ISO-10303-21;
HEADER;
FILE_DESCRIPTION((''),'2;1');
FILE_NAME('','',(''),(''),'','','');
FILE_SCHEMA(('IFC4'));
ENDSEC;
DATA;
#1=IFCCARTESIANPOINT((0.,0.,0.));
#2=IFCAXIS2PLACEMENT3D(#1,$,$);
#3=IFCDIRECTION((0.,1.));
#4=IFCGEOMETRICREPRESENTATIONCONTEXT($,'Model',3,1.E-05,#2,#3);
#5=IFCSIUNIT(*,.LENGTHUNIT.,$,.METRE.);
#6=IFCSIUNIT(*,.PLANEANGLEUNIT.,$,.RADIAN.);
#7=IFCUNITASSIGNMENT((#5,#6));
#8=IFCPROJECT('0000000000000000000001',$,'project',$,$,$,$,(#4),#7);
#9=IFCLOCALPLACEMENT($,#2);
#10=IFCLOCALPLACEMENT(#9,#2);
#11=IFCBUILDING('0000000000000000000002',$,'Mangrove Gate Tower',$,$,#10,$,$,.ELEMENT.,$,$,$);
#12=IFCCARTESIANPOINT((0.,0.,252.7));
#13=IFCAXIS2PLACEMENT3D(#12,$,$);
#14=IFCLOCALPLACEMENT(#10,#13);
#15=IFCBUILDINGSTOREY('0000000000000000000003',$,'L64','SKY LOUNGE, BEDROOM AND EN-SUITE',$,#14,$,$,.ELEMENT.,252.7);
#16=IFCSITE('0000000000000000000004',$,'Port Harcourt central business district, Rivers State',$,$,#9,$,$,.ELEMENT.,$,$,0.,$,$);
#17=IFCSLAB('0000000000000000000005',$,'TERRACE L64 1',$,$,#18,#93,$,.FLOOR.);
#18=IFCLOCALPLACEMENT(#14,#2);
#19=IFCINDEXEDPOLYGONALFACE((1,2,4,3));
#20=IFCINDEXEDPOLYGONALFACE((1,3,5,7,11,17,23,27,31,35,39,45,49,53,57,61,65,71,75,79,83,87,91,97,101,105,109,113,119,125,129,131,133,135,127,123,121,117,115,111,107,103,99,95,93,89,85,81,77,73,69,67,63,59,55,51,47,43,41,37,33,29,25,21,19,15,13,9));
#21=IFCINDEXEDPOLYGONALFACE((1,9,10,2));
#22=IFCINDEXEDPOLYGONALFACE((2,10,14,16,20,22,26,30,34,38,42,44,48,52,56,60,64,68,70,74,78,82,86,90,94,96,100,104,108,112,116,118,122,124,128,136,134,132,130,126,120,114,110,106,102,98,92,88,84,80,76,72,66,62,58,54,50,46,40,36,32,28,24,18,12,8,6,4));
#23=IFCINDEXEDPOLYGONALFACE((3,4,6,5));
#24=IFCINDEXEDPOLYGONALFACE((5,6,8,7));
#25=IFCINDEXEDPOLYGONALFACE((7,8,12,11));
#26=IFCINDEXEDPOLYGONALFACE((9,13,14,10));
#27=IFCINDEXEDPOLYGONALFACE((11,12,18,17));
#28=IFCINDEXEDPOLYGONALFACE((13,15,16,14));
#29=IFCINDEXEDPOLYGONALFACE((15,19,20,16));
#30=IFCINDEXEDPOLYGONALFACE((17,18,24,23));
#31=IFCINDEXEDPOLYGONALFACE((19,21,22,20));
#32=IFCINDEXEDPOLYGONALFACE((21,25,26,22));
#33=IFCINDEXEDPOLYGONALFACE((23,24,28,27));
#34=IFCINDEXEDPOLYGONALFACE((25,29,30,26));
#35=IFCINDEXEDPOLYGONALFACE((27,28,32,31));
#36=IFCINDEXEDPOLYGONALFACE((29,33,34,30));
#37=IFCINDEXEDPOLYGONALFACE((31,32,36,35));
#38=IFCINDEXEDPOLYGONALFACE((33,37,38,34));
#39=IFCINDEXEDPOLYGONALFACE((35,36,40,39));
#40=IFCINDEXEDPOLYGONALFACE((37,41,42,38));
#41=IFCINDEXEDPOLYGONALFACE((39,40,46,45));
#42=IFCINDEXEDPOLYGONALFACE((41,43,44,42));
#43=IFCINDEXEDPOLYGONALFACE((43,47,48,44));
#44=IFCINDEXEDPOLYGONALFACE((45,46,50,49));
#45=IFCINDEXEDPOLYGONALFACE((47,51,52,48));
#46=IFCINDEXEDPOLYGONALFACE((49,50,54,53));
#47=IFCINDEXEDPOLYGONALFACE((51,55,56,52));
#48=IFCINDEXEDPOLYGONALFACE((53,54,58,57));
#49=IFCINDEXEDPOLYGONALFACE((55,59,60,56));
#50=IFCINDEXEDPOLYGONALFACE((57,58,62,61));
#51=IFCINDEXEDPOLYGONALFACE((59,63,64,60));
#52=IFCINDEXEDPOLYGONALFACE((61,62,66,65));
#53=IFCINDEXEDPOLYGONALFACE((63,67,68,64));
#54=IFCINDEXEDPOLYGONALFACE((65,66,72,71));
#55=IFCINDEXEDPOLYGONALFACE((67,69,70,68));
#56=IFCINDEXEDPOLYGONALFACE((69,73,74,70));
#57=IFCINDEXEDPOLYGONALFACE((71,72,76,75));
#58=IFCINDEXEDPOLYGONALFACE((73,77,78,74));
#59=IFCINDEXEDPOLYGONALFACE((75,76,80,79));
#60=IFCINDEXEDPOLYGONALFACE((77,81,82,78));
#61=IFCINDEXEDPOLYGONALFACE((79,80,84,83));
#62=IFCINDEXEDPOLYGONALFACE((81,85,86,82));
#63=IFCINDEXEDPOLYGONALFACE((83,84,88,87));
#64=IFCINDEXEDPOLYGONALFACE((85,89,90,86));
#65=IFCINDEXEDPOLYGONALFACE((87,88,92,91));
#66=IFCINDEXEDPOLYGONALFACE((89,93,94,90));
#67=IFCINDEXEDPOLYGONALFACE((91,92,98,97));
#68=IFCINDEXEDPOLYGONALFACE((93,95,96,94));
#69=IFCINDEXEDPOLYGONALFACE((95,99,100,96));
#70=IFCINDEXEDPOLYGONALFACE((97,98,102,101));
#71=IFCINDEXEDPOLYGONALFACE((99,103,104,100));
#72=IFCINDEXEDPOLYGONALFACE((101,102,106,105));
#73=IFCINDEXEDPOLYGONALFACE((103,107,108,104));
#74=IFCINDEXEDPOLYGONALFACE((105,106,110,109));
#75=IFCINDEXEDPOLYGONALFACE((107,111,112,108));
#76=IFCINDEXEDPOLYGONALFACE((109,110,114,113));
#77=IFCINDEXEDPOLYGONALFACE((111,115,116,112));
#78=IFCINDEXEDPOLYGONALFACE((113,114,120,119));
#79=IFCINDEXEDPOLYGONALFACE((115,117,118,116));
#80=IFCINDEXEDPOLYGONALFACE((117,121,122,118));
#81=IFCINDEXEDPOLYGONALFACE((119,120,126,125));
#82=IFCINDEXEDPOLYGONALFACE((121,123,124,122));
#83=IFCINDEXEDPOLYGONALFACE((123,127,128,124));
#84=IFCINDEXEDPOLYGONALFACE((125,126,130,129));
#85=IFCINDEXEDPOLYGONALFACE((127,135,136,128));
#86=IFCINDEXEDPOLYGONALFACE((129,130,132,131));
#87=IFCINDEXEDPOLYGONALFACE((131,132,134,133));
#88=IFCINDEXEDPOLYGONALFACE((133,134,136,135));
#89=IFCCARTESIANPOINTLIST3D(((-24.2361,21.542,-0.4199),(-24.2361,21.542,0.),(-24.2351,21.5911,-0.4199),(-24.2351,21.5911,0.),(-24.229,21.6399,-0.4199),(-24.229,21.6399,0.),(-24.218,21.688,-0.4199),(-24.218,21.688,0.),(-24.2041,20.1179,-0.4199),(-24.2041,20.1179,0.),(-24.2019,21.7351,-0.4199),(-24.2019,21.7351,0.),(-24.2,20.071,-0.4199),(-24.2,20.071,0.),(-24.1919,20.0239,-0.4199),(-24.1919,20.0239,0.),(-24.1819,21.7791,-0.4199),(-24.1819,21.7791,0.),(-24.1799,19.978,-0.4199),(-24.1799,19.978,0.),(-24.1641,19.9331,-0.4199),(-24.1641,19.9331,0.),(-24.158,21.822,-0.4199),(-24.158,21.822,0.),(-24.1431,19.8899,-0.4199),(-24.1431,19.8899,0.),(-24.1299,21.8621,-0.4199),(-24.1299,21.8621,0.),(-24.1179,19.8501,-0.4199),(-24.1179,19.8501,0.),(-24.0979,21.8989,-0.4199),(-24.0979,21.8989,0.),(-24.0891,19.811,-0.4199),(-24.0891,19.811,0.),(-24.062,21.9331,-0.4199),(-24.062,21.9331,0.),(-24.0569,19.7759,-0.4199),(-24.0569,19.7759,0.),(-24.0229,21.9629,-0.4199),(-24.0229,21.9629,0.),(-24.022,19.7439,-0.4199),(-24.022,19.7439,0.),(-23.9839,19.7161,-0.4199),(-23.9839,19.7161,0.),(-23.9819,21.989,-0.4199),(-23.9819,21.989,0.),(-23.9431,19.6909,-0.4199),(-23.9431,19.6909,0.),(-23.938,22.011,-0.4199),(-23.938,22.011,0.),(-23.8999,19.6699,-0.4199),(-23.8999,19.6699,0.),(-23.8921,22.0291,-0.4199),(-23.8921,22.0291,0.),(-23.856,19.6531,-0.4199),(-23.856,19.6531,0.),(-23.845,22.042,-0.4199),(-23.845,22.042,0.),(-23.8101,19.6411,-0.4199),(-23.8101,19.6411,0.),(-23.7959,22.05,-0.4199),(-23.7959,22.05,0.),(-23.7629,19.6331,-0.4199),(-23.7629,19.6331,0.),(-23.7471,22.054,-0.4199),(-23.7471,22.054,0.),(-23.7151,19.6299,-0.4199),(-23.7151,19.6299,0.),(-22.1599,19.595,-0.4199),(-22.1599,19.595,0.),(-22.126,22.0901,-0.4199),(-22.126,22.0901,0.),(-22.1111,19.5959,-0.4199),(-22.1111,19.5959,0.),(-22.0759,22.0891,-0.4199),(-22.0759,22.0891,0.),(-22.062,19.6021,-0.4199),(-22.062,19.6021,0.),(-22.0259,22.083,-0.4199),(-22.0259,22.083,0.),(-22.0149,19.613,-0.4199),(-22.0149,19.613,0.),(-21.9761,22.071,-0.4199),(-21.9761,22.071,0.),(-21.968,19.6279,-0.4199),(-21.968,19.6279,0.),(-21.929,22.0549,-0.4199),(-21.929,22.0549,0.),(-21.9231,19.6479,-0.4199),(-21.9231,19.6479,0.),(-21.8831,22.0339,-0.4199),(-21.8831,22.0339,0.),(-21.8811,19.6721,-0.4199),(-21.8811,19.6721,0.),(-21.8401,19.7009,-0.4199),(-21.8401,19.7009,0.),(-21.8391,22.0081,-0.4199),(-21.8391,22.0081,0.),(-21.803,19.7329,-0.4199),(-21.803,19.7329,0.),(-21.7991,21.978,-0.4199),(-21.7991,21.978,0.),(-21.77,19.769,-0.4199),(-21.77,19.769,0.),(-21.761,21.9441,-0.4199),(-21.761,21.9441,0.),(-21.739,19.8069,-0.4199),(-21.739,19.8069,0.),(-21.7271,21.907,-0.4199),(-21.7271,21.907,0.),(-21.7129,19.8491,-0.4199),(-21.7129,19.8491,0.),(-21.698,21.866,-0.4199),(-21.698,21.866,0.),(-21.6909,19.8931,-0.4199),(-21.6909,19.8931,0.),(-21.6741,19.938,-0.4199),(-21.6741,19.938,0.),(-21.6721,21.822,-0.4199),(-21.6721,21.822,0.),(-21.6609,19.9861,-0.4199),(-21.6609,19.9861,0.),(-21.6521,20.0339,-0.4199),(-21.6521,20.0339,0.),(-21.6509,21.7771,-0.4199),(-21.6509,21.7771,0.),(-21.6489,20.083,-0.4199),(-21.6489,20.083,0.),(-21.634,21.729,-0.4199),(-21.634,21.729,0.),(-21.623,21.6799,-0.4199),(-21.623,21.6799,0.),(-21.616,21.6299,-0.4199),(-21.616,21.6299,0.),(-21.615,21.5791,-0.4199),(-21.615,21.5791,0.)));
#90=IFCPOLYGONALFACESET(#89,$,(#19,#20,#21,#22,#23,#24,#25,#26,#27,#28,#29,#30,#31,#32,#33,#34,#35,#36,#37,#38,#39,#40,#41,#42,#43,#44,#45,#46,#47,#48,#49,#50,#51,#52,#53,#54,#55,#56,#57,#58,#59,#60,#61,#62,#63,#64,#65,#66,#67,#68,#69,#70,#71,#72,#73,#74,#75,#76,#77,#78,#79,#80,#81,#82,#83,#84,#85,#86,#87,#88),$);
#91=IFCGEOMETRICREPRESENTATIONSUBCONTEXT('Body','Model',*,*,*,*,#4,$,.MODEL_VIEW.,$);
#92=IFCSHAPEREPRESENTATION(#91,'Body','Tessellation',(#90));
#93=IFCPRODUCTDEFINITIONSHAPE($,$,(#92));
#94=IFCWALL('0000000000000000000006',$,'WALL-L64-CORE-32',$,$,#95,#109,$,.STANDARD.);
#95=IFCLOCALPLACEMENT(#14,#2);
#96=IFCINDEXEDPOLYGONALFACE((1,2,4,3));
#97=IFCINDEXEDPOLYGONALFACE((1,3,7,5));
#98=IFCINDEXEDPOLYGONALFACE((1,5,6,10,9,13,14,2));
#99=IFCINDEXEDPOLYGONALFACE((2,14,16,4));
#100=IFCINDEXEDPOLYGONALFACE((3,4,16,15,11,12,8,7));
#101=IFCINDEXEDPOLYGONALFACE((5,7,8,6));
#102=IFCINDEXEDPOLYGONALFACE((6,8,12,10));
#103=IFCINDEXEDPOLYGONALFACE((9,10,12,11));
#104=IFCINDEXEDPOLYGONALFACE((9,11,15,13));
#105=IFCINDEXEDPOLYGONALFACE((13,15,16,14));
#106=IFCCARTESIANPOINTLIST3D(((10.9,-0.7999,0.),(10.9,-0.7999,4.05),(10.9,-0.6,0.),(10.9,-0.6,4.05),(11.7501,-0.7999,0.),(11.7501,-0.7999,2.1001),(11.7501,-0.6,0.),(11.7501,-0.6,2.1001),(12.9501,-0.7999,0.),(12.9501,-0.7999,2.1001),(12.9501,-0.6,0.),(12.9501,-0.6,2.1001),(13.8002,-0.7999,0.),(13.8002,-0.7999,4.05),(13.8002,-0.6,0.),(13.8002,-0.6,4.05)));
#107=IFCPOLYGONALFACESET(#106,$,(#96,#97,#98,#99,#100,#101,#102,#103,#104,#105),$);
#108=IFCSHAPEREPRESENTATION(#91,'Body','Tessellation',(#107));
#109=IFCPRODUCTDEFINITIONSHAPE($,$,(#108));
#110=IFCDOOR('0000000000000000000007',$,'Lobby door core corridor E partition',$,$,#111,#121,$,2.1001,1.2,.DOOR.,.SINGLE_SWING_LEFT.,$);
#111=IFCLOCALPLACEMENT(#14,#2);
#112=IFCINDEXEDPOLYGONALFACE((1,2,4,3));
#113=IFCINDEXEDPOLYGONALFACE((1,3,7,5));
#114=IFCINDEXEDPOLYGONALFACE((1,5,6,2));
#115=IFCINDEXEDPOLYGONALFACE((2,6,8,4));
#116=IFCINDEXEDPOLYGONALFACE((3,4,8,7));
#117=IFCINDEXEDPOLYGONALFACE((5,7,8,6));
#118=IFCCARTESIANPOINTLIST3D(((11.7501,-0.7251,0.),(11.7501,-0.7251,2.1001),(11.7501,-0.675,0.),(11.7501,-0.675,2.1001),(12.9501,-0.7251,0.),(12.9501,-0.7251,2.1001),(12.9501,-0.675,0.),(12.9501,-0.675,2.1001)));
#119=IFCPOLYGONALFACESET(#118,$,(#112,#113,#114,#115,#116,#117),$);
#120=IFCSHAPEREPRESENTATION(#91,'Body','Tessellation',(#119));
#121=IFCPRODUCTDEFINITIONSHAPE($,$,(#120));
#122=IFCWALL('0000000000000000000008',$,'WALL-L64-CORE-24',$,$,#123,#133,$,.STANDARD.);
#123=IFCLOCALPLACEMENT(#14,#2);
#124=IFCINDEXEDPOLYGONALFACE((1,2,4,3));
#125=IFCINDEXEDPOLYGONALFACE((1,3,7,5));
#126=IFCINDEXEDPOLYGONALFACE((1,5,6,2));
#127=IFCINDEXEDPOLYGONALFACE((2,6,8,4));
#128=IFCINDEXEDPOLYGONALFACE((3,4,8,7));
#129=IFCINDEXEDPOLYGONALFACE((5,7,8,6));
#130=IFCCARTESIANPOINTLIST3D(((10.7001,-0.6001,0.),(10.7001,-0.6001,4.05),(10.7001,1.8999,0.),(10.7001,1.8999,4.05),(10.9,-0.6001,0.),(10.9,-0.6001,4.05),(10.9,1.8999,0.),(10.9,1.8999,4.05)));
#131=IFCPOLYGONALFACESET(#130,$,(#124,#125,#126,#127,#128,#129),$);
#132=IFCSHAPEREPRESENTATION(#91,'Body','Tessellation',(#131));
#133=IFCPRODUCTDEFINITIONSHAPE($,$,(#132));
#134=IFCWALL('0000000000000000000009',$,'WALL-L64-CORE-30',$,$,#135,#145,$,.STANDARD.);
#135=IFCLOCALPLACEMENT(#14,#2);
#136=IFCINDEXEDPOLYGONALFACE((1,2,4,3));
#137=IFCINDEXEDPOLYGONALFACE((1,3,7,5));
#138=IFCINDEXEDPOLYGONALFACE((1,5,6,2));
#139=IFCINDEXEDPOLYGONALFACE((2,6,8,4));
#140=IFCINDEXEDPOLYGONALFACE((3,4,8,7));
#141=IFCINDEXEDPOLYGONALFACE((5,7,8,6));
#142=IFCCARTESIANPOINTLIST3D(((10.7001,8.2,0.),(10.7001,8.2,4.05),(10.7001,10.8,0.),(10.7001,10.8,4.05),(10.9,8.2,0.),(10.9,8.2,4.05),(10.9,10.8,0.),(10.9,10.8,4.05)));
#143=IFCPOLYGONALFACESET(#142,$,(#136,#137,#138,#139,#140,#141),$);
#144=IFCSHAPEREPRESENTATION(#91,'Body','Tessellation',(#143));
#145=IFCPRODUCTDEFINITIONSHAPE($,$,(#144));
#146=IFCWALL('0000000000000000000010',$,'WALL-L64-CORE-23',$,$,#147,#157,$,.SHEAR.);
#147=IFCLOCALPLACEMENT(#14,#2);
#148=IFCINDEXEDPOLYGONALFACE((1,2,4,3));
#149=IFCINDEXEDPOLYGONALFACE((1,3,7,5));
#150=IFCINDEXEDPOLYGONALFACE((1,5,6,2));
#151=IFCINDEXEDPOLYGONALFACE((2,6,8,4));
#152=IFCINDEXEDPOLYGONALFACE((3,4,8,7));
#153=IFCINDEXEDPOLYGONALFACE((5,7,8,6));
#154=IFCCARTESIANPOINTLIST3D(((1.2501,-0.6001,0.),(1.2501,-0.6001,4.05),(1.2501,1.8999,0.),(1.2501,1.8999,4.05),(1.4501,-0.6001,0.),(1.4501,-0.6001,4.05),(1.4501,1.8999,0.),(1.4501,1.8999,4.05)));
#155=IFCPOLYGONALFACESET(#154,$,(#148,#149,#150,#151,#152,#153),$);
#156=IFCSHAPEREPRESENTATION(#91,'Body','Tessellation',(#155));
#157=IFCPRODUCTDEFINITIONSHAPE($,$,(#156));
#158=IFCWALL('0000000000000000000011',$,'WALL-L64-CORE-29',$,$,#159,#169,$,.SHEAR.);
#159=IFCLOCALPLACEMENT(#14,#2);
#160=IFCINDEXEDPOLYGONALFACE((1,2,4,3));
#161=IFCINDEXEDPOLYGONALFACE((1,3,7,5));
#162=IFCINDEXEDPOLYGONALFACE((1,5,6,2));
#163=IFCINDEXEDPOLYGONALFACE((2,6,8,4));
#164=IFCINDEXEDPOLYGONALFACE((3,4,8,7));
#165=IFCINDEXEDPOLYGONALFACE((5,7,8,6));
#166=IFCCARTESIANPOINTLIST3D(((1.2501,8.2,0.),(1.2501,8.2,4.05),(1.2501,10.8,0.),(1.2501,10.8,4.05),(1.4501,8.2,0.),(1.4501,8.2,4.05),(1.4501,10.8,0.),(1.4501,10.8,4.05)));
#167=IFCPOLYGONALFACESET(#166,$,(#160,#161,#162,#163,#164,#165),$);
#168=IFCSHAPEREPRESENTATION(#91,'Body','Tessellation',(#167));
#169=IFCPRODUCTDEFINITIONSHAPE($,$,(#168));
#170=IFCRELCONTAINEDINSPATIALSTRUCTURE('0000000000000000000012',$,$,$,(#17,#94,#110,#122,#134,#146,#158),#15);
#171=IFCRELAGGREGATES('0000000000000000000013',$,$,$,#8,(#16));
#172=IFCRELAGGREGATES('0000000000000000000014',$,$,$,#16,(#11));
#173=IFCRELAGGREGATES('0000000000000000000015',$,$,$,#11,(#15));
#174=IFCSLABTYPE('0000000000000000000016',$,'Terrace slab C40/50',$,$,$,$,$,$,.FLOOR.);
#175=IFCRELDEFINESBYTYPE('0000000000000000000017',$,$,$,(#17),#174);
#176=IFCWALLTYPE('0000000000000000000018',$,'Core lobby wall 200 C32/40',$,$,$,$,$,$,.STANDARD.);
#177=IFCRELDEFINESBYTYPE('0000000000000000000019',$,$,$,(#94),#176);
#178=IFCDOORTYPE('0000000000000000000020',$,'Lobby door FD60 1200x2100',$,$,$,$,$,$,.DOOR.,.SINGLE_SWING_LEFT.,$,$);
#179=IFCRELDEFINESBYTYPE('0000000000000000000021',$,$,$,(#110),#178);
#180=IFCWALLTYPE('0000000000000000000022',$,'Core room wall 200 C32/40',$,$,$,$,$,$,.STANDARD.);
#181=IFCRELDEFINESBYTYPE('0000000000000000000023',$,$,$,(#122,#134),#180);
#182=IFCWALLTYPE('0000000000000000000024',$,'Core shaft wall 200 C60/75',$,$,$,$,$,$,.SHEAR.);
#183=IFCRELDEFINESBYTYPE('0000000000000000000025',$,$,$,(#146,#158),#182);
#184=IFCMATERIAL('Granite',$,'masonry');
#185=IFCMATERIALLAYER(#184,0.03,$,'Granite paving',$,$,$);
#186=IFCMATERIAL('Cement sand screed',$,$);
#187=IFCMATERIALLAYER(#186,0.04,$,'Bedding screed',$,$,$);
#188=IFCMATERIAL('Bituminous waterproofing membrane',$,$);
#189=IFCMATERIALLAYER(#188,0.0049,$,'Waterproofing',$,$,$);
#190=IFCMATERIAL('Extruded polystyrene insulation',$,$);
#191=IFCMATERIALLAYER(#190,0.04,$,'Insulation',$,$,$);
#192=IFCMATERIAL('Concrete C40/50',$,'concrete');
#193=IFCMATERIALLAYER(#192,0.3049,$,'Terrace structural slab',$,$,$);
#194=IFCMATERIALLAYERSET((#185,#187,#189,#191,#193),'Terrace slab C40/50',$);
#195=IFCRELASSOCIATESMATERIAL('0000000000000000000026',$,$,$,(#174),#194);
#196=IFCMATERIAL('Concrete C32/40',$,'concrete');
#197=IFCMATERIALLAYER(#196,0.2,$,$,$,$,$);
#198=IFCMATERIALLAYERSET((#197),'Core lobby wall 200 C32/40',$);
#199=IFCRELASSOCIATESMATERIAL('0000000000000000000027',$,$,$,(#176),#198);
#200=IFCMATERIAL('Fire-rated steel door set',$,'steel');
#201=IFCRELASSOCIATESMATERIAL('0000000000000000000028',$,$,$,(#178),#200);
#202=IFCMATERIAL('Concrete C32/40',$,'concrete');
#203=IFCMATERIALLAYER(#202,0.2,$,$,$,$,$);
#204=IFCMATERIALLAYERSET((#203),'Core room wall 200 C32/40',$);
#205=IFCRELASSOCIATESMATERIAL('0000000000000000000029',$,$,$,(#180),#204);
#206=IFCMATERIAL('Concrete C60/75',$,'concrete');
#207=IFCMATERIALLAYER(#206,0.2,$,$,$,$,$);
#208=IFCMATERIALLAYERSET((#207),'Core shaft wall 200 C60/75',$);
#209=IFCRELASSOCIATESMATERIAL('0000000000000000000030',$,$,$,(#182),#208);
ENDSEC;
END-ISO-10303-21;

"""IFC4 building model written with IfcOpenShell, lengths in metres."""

from ifc_helpers import new_model, si_unit, direction, frame, frame_2d, origin, place, context, subcontext, project, spatial, polyline, rectangle, outline, extrude, material, layer, layer_set, type_object, element, fill, save


model = new_model("IFC4")

# Units and contexts
model_context = context("Model", 3, precision=1e-05, world=origin(), true_north=direction((0.0, 1.0)))
body_context = subcontext(model_context, "Body", "Model", "MODEL_VIEW")
ifc_project = project(units=[si_unit("LENGTHUNIT", "METRE"), si_unit("PLANEANGLEUNIT", "RADIAN")], contexts=[model_context])

# Site, building, storey
site_placement = place(None, origin())
site = spatial("IfcSite", under=ifc_project, at=site_placement, Name="Port Harcourt central business district, Rivers State", CompositionType="ELEMENT", RefElevation=0.0)
building_placement = place(site_placement, origin())
building = spatial("IfcBuilding", under=site, at=building_placement, Name="Mangrove Gate Tower", CompositionType="ELEMENT")
storey_placement = place(building_placement, frame((0.0, 0.0, 252.7)))
storey = spatial("IfcBuildingStorey", under=building, at=storey_placement, Name="L64", Description="SKY LOUNGE, BEDROOM AND EN-SUITE", CompositionType="ELEMENT", Elevation=252.7)

# Shared definitions
ifc_material_1 = material(Name="Cement sand screed")
ifc_material_2 = material(Name="Bituminous waterproofing membrane")
ifc_material_3 = material(Name="Concrete C40/50", Category="concrete")

# Slab
ifc_material_4 = material(Name="Granite", Category="masonry")
ifc_layer_1 = layer(ifc_material_4, 0.03, Name="Granite paving")
ifc_layer_2 = layer(ifc_material_1, 0.04, Name="Bedding screed")
ifc_layer_3 = layer(ifc_material_2, 0.0049, Name="Waterproofing")
ifc_material_5 = material(Name="Extruded polystyrene insulation")
ifc_layer_4 = layer(ifc_material_5, 0.04, Name="Insulation")
ifc_layer_5 = layer(ifc_material_3, 0.3049, Name="Terrace structural slab")
ifc_layer_set_1 = layer_set([ifc_layer_1, ifc_layer_2, ifc_layer_3, ifc_layer_4, ifc_layer_5], Name="Terrace slab C40/50")
slab_type_1 = type_object("IfcSlabType", Name="Terrace slab C40/50", PredefinedType="FLOOR", material=ifc_layer_set_1)
slab_1_placement = place(storey_placement, frame((0.0, 0.0, -0.4199)))
element("IfcSlab", 1, at=slab_1_placement, inside=storey, type_object=slab_type_1, Name="TERRACE L64 1", PredefinedType="FLOOR", context=body_context, shape_type="SweptSolid", body=[
    extrude(outline(polyline([(-24.2361, 21.542), (-24.2041, 20.1179), (-24.2, 20.071), (-24.1919, 20.0239), (-24.1799, 19.978), (-24.1641, 19.9331), (-24.1431, 19.8899), (-24.1179, 19.8501), (-24.0891, 19.811), (-24.0569, 19.7759), (-24.022, 19.7439), (-23.9839, 19.7161), (-23.9431, 19.6909), (-23.8999, 19.6699), (-23.856, 19.6531), (-23.8101, 19.6411), (-23.7629, 19.6331), (-23.7151, 19.6299), (-22.1599, 19.595), (-22.1111, 19.5959), (-22.062, 19.6021), (-22.0149, 19.613), (-21.968, 19.6279), (-21.9231, 19.6479), (-21.8811, 19.6721), (-21.8401, 19.7009), (-21.803, 19.7329), (-21.77, 19.769), (-21.739, 19.8069), (-21.7129, 19.8491), (-21.6909, 19.8931), (-21.6741, 19.938), (-21.6609, 19.9861), (-21.6521, 20.0339), (-21.6489, 20.083), (-21.615, 21.5791), (-21.616, 21.6299), (-21.623, 21.6799), (-21.634, 21.729), (-21.6509, 21.7771), (-21.6721, 21.822), (-21.698, 21.866), (-21.7271, 21.907), (-21.761, 21.9441), (-21.7991, 21.978), (-21.8391, 22.0081), (-21.8831, 22.0339), (-21.929, 22.0549), (-21.9761, 22.071), (-22.0259, 22.083), (-22.0759, 22.0891), (-22.126, 22.0901), (-23.7471, 22.054), (-23.7959, 22.05), (-23.845, 22.042), (-23.8921, 22.0291), (-23.938, 22.011), (-23.9819, 21.989), (-24.0229, 21.9629), (-24.062, 21.9331), (-24.0979, 21.8989), (-24.1299, 21.8621), (-24.158, 21.822), (-24.1819, 21.7791), (-24.2019, 21.7351), (-24.218, 21.688), (-24.229, 21.6399), (-24.2351, 21.5911), (-24.2361, 21.542)])), origin(), (0.0, 0.0, 1.0), 0.4199),
])

# Wall, opening, door
ifc_material_6 = material(Name="Concrete C32/40", Category="concrete")
ifc_layer_6 = layer(ifc_material_6, 0.2)
ifc_layer_set_2 = layer_set([ifc_layer_6], Name="Core lobby wall 200 C32/40")
wall_type_1 = type_object("IfcWallType", Name="Core lobby wall 200 C32/40", PredefinedType="STANDARD", material=ifc_layer_set_2)
wall_1_placement = place(storey_placement, frame((10.8999, -0.7, 0.0), z_axis=(0.0, 0.0, 1.0), x_axis=(1.0, 0.0, 0.0)))
wall_1 = element("IfcWall", 2, at=wall_1_placement, inside=storey, type_object=wall_type_1, Name="WALL-L64-CORE-32", PredefinedType="STANDARD", context=body_context, shape_type="SweptSolid", body=[
    extrude(rectangle(XDim=2.9001, YDim=0.2, at=frame_2d((1.4502, 0.0))), origin(), (0.0, 0.0, 1.0), 4.05),
])
opening_1_placement = place(wall_1_placement, frame((0.8501, 0.0, 0.0)))
opening_1 = element("IfcOpeningElement", 3, at=opening_1_placement, cuts=wall_1, PredefinedType="OPENING", context=body_context, shape_type="SweptSolid", body=[
    extrude(rectangle(XDim=1.2, YDim=2.1001, at=frame_2d((0.6001, 1.05))), frame((0.0, 0.1099, 0.0), z_axis=(0.0, -1.0, 0.0), x_axis=(1.0, 0.0, 0.0)), (0.0, 0.0, 1.0), 0.22),
])
ifc_material_7 = material(Name="Fire-rated steel door set", Category="steel")
door_type_1 = type_object("IfcDoorType", Name="Lobby door FD60 1200x2100", OperationType="SINGLE_SWING_LEFT", PredefinedType="DOOR", material=ifc_material_7)
door_1_placement = place(opening_1_placement, origin())
door_1 = element("IfcDoor", 4, at=door_1_placement, inside=storey, type_object=door_type_1, Name="Lobby door core corridor E partition", OperationType="SINGLE_SWING_LEFT", OverallHeight=2.1001, OverallWidth=1.2, PredefinedType="DOOR", context=body_context, shape_type="SweptSolid", body=[
    extrude(rectangle(XDim=1.2, YDim=2.1001, at=frame_2d((0.6001, 1.05))), frame((0.0, 0.0249, 0.0), z_axis=(0.0, -1.0, 0.0), x_axis=(1.0, 0.0, 0.0)), (0.0, 0.0, 1.0), 0.05),
])
fill(opening_1, door_1)

# Walls
ifc_material_8 = material(Name="Concrete C32/40", Category="concrete")
ifc_layer_7 = layer(ifc_material_8, 0.2)
ifc_layer_set_3 = layer_set([ifc_layer_7], Name="Core room wall 200 C32/40")
wall_type_2 = type_object("IfcWallType", Name="Core room wall 200 C32/40", PredefinedType="STANDARD", material=ifc_layer_set_3)
wall_2_placement = place(storey_placement, frame((10.8, -0.6001, 0.0), z_axis=(0.0, 0.0, 1.0), x_axis=(0.0, 1.0, 0.0)))
element("IfcWall", 5, at=wall_2_placement, inside=storey, type_object=wall_type_2, Name="WALL-L64-CORE-24", PredefinedType="STANDARD", context=body_context, shape_type="SweptSolid", body=[
    extrude(rectangle(XDim=2.5, YDim=0.2, at=frame_2d((1.25, 0.0))), origin(), (0.0, 0.0, 1.0), 4.05),
])
wall_3_placement = place(storey_placement, frame((10.8, 8.2, 0.0), z_axis=(0.0, 0.0, 1.0), x_axis=(0.0, 1.0, 0.0)))
element("IfcWall", 6, at=wall_3_placement, inside=storey, type_object=wall_type_2, Name="WALL-L64-CORE-30", PredefinedType="STANDARD", context=body_context, shape_type="SweptSolid", body=[
    extrude(rectangle(XDim=2.6001, YDim=0.2, at=frame_2d((1.3, 0.0))), origin(), (0.0, 0.0, 1.0), 4.05),
])
ifc_material_9 = material(Name="Concrete C60/75", Category="concrete")
ifc_layer_8 = layer(ifc_material_9, 0.2)
ifc_layer_set_4 = layer_set([ifc_layer_8], Name="Core shaft wall 200 C60/75")
wall_type_3 = type_object("IfcWallType", Name="Core shaft wall 200 C60/75", PredefinedType="SHEAR", material=ifc_layer_set_4)
wall_4_placement = place(storey_placement, frame((1.3501, -0.6001, 0.0), z_axis=(0.0, 0.0, 1.0), x_axis=(0.0, 1.0, 0.0)))
element("IfcWall", 7, at=wall_4_placement, inside=storey, type_object=wall_type_3, Name="WALL-L64-CORE-23", PredefinedType="SHEAR", context=body_context, shape_type="SweptSolid", body=[
    extrude(rectangle(XDim=2.5, YDim=0.2, at=frame_2d((1.25, 0.0))), origin(), (0.0, 0.0, 1.0), 4.05),
])
wall_5_placement = place(storey_placement, frame((1.3501, 8.2, 0.0), z_axis=(0.0, 0.0, 1.0), x_axis=(0.0, 1.0, 0.0)))
element("IfcWall", 8, at=wall_5_placement, inside=storey, type_object=wall_type_3, Name="WALL-L64-CORE-29", PredefinedType="SHEAR", context=body_context, shape_type="SweptSolid", body=[
    extrude(rectangle(XDim=2.6001, YDim=0.2, at=frame_2d((1.3, 0.0))), origin(), (0.0, 0.0, 1.0), 4.05),
])

save(model, "model.ifc")
